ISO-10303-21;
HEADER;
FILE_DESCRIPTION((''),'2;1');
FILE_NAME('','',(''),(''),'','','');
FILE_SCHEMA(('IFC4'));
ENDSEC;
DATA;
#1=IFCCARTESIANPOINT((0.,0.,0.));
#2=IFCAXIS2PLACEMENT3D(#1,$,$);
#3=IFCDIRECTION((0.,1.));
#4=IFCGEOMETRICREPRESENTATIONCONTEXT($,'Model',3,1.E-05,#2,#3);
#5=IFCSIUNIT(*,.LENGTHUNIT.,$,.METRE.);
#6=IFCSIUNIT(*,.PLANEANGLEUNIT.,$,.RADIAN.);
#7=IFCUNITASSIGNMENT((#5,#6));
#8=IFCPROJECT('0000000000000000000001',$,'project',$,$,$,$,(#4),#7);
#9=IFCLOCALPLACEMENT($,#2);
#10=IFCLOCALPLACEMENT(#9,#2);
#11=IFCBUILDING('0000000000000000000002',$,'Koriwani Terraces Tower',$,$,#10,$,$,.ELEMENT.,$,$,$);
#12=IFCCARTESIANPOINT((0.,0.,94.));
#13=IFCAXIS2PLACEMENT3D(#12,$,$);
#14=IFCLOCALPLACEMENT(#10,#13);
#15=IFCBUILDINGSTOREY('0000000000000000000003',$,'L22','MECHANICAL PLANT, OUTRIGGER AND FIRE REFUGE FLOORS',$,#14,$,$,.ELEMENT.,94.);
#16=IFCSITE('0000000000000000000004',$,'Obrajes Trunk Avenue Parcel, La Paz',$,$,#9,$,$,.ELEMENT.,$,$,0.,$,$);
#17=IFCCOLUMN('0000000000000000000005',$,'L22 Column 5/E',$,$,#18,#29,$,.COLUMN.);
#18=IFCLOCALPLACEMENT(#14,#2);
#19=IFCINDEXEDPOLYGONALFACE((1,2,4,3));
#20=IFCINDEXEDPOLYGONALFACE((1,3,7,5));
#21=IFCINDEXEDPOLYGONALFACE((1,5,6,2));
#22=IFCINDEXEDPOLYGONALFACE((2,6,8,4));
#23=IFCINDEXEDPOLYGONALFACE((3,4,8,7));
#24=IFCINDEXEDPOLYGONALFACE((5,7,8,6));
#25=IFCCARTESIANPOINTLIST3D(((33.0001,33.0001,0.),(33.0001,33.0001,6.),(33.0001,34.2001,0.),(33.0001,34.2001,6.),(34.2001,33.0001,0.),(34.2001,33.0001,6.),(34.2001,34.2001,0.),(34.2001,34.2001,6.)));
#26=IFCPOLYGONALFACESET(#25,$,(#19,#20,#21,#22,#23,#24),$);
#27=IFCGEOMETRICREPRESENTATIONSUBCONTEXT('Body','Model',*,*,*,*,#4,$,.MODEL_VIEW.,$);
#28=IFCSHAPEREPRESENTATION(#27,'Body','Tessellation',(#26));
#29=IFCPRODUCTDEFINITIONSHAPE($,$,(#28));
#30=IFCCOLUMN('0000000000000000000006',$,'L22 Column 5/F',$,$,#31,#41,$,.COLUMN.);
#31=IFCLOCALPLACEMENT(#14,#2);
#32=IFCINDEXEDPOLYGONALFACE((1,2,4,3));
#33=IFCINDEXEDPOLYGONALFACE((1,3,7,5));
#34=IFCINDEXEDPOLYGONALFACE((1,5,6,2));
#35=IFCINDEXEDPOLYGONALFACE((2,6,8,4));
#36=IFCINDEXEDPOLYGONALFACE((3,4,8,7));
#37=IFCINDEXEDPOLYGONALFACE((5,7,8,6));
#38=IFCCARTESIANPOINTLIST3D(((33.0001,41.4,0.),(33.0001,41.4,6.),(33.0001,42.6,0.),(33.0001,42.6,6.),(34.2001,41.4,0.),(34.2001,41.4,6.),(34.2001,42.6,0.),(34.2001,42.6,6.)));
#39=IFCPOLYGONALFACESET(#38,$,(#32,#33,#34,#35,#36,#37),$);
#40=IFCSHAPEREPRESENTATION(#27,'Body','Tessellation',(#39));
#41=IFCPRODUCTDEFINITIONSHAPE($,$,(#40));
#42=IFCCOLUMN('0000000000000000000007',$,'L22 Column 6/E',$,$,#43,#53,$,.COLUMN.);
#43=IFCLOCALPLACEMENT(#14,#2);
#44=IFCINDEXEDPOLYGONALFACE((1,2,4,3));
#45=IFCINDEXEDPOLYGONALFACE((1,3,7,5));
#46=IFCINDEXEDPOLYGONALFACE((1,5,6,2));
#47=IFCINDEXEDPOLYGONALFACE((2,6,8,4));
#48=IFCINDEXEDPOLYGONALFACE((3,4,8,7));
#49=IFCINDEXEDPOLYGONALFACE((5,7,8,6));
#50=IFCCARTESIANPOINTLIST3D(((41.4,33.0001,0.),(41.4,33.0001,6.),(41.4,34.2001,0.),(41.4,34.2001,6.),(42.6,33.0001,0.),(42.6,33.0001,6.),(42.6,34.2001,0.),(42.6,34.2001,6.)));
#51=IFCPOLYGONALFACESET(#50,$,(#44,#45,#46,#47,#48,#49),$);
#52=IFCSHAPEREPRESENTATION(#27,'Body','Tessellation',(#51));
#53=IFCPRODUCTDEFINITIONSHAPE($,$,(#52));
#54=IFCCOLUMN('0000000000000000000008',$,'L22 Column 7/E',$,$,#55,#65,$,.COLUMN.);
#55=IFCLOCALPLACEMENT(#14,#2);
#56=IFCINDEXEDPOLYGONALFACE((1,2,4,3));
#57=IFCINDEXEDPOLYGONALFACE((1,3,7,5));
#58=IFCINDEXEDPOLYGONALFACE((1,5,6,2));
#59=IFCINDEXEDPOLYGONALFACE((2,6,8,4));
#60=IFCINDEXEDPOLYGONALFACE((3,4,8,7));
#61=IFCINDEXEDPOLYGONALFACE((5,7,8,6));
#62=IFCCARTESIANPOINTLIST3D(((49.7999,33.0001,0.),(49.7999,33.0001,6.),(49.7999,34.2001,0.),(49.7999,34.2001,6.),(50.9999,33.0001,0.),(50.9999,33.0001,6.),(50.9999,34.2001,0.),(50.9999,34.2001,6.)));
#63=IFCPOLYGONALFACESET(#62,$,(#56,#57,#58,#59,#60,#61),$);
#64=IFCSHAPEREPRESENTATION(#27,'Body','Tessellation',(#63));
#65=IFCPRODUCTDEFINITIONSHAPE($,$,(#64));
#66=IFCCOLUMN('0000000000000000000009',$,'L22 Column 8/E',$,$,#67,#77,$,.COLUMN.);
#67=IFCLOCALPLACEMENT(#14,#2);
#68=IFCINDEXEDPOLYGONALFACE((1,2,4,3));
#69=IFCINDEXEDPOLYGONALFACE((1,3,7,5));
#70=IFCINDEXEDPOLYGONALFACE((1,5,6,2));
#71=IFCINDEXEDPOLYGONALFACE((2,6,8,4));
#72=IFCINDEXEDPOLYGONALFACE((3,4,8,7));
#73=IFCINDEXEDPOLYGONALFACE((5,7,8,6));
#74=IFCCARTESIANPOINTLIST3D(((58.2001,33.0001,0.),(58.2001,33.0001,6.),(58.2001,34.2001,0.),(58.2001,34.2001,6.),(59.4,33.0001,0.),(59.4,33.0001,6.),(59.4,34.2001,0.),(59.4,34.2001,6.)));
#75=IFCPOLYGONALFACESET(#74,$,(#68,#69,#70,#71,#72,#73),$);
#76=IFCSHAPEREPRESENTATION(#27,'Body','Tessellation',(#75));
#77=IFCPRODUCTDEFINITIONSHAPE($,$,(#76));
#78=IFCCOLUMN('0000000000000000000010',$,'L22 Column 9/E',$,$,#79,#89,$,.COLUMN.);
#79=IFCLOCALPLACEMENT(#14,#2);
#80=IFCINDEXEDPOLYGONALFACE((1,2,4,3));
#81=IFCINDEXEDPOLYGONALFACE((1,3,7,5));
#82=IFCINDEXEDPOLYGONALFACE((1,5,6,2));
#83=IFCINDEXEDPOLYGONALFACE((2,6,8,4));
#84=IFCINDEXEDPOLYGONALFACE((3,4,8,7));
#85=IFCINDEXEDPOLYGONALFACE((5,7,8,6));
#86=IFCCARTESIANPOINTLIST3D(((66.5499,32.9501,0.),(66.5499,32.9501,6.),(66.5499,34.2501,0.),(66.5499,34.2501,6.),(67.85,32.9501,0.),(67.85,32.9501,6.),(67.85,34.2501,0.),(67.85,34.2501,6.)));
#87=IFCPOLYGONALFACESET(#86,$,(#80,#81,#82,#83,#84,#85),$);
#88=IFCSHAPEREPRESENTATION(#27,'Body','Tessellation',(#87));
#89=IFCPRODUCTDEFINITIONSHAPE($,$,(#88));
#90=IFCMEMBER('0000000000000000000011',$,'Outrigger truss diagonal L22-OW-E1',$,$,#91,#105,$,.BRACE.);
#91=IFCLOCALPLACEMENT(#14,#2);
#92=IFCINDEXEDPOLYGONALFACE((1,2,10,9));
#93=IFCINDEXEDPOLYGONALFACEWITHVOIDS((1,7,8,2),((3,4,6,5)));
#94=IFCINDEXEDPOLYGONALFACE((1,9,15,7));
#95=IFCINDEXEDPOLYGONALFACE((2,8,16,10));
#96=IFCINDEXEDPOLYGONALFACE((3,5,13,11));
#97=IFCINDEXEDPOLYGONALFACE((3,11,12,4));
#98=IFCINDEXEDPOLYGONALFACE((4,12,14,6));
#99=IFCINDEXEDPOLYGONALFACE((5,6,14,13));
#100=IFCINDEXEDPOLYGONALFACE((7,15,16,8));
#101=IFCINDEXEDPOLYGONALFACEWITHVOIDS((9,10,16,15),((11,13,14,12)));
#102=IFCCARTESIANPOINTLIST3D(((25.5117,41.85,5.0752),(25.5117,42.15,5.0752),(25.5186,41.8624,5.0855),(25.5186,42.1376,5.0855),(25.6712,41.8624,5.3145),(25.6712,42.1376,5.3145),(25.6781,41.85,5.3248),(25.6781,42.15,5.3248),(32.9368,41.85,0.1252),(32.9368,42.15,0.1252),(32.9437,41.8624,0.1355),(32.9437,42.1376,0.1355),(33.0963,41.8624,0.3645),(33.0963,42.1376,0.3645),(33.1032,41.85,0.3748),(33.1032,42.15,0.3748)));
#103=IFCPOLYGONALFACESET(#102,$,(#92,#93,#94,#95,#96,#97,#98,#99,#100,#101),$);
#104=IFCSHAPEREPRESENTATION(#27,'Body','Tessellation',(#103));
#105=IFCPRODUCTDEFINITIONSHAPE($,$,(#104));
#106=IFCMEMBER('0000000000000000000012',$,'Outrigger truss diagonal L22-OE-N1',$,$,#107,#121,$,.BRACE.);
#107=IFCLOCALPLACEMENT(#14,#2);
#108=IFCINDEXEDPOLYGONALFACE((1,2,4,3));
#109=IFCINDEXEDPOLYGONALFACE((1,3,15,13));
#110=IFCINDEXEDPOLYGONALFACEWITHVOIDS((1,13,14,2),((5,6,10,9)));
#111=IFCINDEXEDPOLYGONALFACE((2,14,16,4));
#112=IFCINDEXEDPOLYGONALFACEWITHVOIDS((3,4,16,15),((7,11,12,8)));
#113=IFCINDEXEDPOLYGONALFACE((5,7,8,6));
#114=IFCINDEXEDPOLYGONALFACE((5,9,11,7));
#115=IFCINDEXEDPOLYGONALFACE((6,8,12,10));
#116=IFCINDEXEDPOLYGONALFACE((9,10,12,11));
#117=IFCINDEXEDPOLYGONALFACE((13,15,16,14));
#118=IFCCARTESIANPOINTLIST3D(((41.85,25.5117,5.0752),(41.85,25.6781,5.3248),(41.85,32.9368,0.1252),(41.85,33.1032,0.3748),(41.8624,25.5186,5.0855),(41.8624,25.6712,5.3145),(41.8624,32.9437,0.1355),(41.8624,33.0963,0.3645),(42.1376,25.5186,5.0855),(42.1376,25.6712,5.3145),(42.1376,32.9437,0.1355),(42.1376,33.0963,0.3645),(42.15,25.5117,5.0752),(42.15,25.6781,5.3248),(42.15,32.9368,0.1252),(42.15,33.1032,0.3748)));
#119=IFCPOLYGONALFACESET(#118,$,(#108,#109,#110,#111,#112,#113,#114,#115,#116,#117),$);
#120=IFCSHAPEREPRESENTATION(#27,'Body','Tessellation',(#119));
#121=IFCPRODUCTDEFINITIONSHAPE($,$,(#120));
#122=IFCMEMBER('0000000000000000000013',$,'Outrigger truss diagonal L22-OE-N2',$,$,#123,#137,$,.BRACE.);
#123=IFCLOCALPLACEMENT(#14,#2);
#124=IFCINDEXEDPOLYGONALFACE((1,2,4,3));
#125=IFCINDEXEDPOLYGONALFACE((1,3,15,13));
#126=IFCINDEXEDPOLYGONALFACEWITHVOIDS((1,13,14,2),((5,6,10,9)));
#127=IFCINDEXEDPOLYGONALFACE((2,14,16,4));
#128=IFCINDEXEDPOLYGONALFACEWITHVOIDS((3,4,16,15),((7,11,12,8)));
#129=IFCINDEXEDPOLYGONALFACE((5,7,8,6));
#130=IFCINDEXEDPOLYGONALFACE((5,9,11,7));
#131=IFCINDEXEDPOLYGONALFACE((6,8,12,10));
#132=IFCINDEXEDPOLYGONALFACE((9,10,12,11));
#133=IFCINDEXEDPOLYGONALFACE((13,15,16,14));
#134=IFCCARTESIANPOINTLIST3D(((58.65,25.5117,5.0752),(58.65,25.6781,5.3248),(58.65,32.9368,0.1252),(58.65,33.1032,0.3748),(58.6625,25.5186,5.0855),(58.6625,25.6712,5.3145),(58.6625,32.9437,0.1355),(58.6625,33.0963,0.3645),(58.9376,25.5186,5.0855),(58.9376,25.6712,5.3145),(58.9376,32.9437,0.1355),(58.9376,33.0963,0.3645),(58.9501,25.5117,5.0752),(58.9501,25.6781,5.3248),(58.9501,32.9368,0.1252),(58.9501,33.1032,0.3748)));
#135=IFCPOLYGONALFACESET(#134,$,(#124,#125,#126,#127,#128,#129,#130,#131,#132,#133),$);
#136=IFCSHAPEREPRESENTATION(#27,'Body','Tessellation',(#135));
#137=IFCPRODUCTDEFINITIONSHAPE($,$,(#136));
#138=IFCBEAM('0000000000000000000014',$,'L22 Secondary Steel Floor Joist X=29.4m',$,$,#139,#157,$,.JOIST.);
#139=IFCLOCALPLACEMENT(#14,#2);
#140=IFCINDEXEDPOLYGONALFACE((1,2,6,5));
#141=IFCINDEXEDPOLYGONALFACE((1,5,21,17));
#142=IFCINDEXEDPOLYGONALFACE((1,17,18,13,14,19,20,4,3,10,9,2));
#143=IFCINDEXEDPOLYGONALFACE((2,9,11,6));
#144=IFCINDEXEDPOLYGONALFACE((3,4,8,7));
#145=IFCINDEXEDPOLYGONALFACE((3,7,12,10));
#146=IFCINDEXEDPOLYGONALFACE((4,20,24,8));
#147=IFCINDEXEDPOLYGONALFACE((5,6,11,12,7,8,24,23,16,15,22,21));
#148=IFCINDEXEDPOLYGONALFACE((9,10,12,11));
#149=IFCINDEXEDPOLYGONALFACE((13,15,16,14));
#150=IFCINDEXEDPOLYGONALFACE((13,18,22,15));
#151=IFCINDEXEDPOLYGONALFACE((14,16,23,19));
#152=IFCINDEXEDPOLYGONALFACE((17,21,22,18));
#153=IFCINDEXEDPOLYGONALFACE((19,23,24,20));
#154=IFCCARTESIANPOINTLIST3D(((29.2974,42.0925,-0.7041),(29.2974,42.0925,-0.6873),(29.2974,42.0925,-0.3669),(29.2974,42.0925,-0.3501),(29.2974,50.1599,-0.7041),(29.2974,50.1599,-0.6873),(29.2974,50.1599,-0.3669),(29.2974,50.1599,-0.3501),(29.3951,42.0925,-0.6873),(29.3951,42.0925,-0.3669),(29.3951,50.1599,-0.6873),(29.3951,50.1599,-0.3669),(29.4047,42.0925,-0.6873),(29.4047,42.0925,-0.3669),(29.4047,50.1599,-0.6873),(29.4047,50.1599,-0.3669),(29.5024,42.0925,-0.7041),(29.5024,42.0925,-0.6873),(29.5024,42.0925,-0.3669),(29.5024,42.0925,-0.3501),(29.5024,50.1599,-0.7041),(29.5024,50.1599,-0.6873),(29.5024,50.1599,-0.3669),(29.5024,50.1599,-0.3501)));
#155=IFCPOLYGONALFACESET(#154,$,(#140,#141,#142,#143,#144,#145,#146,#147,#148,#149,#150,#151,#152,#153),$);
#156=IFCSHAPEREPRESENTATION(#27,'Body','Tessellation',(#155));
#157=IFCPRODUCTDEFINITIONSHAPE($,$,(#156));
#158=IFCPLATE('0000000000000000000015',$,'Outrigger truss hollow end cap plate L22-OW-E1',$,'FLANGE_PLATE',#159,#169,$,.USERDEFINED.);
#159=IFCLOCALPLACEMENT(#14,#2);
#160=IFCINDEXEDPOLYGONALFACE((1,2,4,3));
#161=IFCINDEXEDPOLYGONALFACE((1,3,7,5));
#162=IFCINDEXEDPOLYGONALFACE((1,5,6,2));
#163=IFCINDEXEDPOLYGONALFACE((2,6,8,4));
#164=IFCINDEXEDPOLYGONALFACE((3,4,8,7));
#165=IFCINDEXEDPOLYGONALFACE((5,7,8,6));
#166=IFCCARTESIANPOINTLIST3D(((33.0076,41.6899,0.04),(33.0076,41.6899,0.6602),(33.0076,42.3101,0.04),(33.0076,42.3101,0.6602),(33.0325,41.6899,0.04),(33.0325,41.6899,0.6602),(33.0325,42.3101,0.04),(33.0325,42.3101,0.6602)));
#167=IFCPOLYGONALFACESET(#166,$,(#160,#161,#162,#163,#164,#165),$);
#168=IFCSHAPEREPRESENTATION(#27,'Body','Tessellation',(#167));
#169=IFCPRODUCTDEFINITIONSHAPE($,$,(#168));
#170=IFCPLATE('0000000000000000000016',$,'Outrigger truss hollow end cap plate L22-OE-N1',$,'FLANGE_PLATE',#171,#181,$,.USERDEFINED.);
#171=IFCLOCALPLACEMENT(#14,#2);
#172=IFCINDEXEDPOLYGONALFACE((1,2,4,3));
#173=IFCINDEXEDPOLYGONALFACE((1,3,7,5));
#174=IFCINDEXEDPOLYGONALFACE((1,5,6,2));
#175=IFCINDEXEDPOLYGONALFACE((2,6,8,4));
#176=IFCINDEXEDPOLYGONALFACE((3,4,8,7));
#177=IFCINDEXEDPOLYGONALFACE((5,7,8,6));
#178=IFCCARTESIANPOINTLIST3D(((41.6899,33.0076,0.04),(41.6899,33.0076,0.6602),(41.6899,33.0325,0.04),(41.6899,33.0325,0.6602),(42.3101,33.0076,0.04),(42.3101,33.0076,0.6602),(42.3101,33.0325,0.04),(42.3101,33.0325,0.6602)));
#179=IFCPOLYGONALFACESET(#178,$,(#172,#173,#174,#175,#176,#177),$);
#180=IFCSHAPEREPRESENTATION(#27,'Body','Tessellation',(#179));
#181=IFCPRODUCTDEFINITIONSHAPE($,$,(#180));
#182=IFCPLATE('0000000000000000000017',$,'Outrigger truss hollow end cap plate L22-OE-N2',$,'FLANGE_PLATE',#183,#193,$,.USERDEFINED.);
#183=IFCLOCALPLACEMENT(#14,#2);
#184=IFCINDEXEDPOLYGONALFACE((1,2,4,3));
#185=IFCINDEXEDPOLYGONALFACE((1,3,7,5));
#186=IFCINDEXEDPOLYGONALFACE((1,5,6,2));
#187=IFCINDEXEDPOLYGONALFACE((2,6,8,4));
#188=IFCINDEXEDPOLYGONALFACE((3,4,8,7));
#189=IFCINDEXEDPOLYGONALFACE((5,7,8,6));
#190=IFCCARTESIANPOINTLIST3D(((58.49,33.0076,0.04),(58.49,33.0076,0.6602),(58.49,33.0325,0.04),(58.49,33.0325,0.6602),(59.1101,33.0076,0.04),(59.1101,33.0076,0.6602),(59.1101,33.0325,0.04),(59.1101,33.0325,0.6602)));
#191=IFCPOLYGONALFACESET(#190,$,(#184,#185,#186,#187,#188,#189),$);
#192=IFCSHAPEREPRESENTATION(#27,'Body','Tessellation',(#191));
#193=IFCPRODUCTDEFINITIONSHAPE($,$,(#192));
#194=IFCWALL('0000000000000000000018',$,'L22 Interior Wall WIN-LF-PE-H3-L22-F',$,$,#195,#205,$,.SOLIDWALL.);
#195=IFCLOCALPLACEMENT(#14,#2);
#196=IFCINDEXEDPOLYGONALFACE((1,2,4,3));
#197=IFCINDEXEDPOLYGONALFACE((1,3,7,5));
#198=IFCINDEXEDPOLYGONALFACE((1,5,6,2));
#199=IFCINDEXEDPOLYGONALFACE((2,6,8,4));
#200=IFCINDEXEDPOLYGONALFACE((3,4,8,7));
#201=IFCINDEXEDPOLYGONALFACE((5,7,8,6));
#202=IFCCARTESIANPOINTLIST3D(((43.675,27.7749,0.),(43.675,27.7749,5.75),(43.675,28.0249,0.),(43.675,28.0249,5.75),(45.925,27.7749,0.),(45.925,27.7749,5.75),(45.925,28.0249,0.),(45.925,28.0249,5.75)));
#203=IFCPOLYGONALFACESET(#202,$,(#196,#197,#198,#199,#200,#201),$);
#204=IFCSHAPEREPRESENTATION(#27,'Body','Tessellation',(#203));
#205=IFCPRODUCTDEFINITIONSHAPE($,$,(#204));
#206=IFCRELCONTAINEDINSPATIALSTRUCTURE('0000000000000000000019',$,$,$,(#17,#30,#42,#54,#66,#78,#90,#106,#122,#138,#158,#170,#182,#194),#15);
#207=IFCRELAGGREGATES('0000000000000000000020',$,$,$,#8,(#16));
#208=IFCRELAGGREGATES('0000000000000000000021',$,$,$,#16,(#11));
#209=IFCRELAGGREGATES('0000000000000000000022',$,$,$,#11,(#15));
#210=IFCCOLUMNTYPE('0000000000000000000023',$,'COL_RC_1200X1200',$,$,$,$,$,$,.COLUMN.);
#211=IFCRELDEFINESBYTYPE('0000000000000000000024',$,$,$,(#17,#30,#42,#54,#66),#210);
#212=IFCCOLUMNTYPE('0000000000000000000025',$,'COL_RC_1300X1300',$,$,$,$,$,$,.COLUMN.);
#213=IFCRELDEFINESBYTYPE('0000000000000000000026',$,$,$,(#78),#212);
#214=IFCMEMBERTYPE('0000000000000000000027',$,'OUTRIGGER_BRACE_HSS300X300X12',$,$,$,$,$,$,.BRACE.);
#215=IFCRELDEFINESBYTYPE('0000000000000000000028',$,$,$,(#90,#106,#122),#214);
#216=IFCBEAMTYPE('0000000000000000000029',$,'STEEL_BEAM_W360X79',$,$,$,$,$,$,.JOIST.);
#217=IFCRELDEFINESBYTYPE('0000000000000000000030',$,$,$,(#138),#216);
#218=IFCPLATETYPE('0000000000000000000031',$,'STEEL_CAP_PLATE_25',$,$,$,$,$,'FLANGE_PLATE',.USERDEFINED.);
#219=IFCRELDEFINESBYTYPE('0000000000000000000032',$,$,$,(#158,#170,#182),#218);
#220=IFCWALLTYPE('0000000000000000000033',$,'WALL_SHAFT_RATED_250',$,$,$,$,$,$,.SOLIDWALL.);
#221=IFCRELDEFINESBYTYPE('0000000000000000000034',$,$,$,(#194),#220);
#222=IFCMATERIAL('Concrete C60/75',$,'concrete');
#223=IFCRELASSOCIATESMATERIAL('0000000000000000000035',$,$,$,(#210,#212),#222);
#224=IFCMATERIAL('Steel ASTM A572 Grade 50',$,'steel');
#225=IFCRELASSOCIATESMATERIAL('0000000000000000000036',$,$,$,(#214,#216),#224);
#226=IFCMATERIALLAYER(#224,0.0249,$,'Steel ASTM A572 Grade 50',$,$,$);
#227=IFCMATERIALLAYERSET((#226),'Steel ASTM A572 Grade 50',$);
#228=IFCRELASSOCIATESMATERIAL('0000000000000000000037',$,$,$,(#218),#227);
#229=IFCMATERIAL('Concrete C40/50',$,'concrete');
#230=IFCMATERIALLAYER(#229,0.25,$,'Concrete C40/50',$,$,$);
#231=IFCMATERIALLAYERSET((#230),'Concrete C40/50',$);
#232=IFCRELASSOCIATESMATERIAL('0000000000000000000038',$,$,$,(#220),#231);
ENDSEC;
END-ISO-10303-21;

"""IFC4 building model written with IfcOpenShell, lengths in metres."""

from ifc_helpers import new_model, si_unit, direction, frame, frame_2d, origin, origin_2d, place, context, subcontext, project, spatial, rectangle, hollow_rectangle, i_section, extrude, material, layer, layer_set, material_profile, profile_set, type_object, element, save


model = new_model("IFC4")

# Units and contexts
model_context = context("Model", 3, precision=1e-05, world=origin(), true_north=direction((0.0, 1.0)))
body_context = subcontext(model_context, "Body", "Model", "MODEL_VIEW")
ifc_project = project(units=[si_unit("LENGTHUNIT", "METRE"), si_unit("PLANEANGLEUNIT", "RADIAN")], contexts=[model_context])

# Site, building, storey
site_placement = place(None, origin())
site = spatial("IfcSite", under=ifc_project, at=site_placement, Name="Obrajes Trunk Avenue Parcel, La Paz", CompositionType="ELEMENT", RefElevation=0.0)
building_placement = place(site_placement, origin())
building = spatial("IfcBuilding", under=site, at=building_placement, Name="Koriwani Terraces Tower", CompositionType="ELEMENT")
storey_placement = place(building_placement, frame((0.0, 0.0, 94.0)))
storey = spatial("IfcBuildingStorey", under=building, at=storey_placement, Name="L22", Description="MECHANICAL PLANT, OUTRIGGER AND FIRE REFUGE FLOORS", CompositionType="ELEMENT", Elevation=94.0)

# Columns
ifc_material_1 = material(Name="Concrete C60/75", Category="concrete")
ifc_material_profile_1 = material_profile(ifc_material_1, rectangle(XDim=1.2, YDim=1.2, at=origin_2d()), Name="Concrete C60/75", Category="LoadBearing")
ifc_profile_set_1 = profile_set([ifc_material_profile_1], Name="Concrete C60/75")
column_type_1 = type_object("IfcColumnType", Name="COL_RC_1200X1200", PredefinedType="COLUMN", material=ifc_profile_set_1)
for number, where, z_axis, x_axis, name in (
    (1, (33.6001, 33.6001, 0.0), (0.0, 0.0, 1.0), (1.0, 0.0, 0.0), "L22 Column 5/E"),
    (2, (33.6001, 42.0, 0.0), (0.0, 0.0, 1.0), (1.0, 0.0, 0.0), "L22 Column 5/F"),
    (3, (42.0, 33.6001, 0.0), (0.0, 0.0, 1.0), (1.0, 0.0, 0.0), "L22 Column 6/E"),
    (4, (50.3999, 33.6001, 0.0), (0.0, 0.0, 1.0), (1.0, 0.0, 0.0), "L22 Column 7/E"),
    (5, (58.8, 33.6001, 0.0), (0.0, 0.0, 1.0), (1.0, 0.0, 0.0), "L22 Column 8/E"),
):
    element("IfcColumn", number, at=place(storey_placement, frame(where, z_axis=z_axis, x_axis=x_axis)), inside=storey, type_object=column_type_1, Name=name, PredefinedType="COLUMN", context=body_context, shape_type="SweptSolid", body=[
        extrude(rectangle(XDim=1.2, YDim=1.2, at=origin_2d()), origin(), (0.0, 0.0, 1.0), 6.0),
    ])
ifc_material_profile_2 = material_profile(ifc_material_1, rectangle(XDim=1.3, YDim=1.3, at=origin_2d()), Name="Concrete C60/75", Category="LoadBearing")
ifc_profile_set_2 = profile_set([ifc_material_profile_2], Name="Concrete C60/75")
column_type_2 = type_object("IfcColumnType", Name="COL_RC_1300X1300", PredefinedType="COLUMN", material=ifc_profile_set_2)
column_placement = place(storey_placement, frame((67.2, 33.6001, 0.0), z_axis=(0.0, 0.0, 1.0), x_axis=(1.0, 0.0, 0.0)))
element("IfcColumn", 6, at=column_placement, inside=storey, type_object=column_type_2, Name="L22 Column 9/E", PredefinedType="COLUMN", context=body_context, shape_type="SweptSolid", body=[
    extrude(rectangle(XDim=1.3, YDim=1.3, at=origin_2d()), origin(), (0.0, 0.0, 1.0), 6.0),
])

# Members
ifc_material_2 = material(Name="Steel ASTM A572 Grade 50", Category="steel")
ifc_material_profile_3 = material_profile(ifc_material_2, hollow_rectangle(XDim=0.3, YDim=0.3, WallThickness=0.0125, at=origin_2d()), Name="Steel ASTM A572 Grade 50", Category="LoadBearing")
ifc_profile_set_3 = profile_set([ifc_material_profile_3], Name="Steel ASTM A572 Grade 50")
member_type = type_object("IfcMemberType", Name="OUTRIGGER_BRACE_HSS300X300X12", PredefinedType="BRACE", material=ifc_profile_set_3)
for number, where, z_axis, x_axis, name in (
    (7, (33.02, 42.0, 0.25), (-0.832055, 0.0, 0.554694), (0.0, -1.0, 0.0), "Outrigger truss diagonal L22-OW-E1"),
    (8, (42.0, 33.02, 0.25), (0.0, -0.832055, 0.554694), (1.0, 0.0, 0.0), "Outrigger truss diagonal L22-OE-N1"),
    (9, (58.8, 33.02, 0.25), (0.0, -0.832055, 0.554694), (1.0, 0.0, 0.0), "Outrigger truss diagonal L22-OE-N2"),
):
    element("IfcMember", number, at=place(storey_placement, frame(where, z_axis=z_axis, x_axis=x_axis)), inside=storey, type_object=member_type, Name=name, PredefinedType="BRACE", context=body_context, shape_type="SweptSolid", body=[
        extrude(hollow_rectangle(XDim=0.3, YDim=0.3, WallThickness=0.0125, at=origin_2d()), origin(), (0.0, 0.0, 1.0), 8.9238),
    ])

# Beam
ifc_material_profile_4 = material_profile(ifc_material_2, i_section(OverallWidth=0.2051, OverallDepth=0.354, WebThickness=0.0095, FlangeThickness=0.0168, at=origin_2d()), Name="Steel ASTM A572 Grade 50", Category="LoadBearing")
ifc_profile_set_4 = profile_set([ifc_material_profile_4], Name="Steel ASTM A572 Grade 50")
beam_type = type_object("IfcBeamType", Name="STEEL_BEAM_W360X79", PredefinedType="JOIST", material=ifc_profile_set_4)
beam_placement = place(storey_placement, frame((29.3999, 42.0925, -0.5271), z_axis=(0.0, 1.0, 0.0), x_axis=(-1.0, 0.0, 0.0)))
element("IfcBeam", 10, at=beam_placement, inside=storey, type_object=beam_type, Name="L22 Secondary Steel Floor Joist X=29.4m", PredefinedType="JOIST", context=body_context, shape_type="SweptSolid", body=[
    extrude(i_section(OverallWidth=0.2051, OverallDepth=0.354, WebThickness=0.0095, FlangeThickness=0.0168, at=origin_2d()), origin(), (0.0, 0.0, 1.0), 8.0674),
])

# Plates
ifc_layer_1 = layer(ifc_material_2, 0.0249, Name="Steel ASTM A572 Grade 50")
ifc_layer_set_1 = layer_set([ifc_layer_1], Name="Steel ASTM A572 Grade 50")
plate_type = type_object("IfcPlateType", Name="STEEL_CAP_PLATE_25", ElementType="FLANGE_PLATE", PredefinedType="USERDEFINED", material=ifc_layer_set_1)
for number, where, z_axis, x_axis, name in (
    (11, (33.02, 42.0, 0.04), (0.0, 0.0, 1.0), (-1.0, 0.0, 0.0), "Outrigger truss hollow end cap plate L22-OW-E1"),
    (12, (42.0, 33.02, 0.04), (0.0, 0.0, 1.0), (0.0, -1.0, 0.0), "Outrigger truss hollow end cap plate L22-OE-N1"),
    (13, (58.8, 33.02, 0.04), (0.0, 0.0, 1.0), (0.0, -1.0, 0.0), "Outrigger truss hollow end cap plate L22-OE-N2"),
):
    element("IfcPlate", number, at=place(storey_placement, frame(where, z_axis=z_axis, x_axis=x_axis)), inside=storey, type_object=plate_type, Name=name, ObjectType="FLANGE_PLATE", PredefinedType="USERDEFINED", context=body_context, shape_type="SweptSolid", body=[
        extrude(rectangle(XDim=0.0249, YDim=0.6201, at=origin_2d()), origin(), (0.0, 0.0, 1.0), 0.6201),
    ])

# Wall
ifc_material_3 = material(Name="Concrete C40/50", Category="concrete")
ifc_layer_2 = layer(ifc_material_3, 0.25, Name="Concrete C40/50")
ifc_layer_set_2 = layer_set([ifc_layer_2], Name="Concrete C40/50")
wall_type_1 = type_object("IfcWallType", Name="WALL_SHAFT_RATED_250", PredefinedType="SOLIDWALL", material=ifc_layer_set_2)
for number, where, z_axis, x_axis, name in (
    (14, (43.675, 27.8999, 0.0), (0.0, 0.0, 1.0), (1.0, 0.0, 0.0), "L22 Interior Wall WIN-LF-PE-H3-L22-F"),
):
    element("IfcWall", number, at=place(storey_placement, frame(where, z_axis=z_axis, x_axis=x_axis)), inside=storey, type_object=wall_type_1, Name=name, PredefinedType="SOLIDWALL", context=body_context, shape_type="SweptSolid", body=[
        extrude(rectangle(XDim=2.25, YDim=0.25, at=frame_2d((1.125, 0.0))), origin(), (0.0, 0.0, 1.0), 5.75),
    ])

save(model, "model.ifc")
